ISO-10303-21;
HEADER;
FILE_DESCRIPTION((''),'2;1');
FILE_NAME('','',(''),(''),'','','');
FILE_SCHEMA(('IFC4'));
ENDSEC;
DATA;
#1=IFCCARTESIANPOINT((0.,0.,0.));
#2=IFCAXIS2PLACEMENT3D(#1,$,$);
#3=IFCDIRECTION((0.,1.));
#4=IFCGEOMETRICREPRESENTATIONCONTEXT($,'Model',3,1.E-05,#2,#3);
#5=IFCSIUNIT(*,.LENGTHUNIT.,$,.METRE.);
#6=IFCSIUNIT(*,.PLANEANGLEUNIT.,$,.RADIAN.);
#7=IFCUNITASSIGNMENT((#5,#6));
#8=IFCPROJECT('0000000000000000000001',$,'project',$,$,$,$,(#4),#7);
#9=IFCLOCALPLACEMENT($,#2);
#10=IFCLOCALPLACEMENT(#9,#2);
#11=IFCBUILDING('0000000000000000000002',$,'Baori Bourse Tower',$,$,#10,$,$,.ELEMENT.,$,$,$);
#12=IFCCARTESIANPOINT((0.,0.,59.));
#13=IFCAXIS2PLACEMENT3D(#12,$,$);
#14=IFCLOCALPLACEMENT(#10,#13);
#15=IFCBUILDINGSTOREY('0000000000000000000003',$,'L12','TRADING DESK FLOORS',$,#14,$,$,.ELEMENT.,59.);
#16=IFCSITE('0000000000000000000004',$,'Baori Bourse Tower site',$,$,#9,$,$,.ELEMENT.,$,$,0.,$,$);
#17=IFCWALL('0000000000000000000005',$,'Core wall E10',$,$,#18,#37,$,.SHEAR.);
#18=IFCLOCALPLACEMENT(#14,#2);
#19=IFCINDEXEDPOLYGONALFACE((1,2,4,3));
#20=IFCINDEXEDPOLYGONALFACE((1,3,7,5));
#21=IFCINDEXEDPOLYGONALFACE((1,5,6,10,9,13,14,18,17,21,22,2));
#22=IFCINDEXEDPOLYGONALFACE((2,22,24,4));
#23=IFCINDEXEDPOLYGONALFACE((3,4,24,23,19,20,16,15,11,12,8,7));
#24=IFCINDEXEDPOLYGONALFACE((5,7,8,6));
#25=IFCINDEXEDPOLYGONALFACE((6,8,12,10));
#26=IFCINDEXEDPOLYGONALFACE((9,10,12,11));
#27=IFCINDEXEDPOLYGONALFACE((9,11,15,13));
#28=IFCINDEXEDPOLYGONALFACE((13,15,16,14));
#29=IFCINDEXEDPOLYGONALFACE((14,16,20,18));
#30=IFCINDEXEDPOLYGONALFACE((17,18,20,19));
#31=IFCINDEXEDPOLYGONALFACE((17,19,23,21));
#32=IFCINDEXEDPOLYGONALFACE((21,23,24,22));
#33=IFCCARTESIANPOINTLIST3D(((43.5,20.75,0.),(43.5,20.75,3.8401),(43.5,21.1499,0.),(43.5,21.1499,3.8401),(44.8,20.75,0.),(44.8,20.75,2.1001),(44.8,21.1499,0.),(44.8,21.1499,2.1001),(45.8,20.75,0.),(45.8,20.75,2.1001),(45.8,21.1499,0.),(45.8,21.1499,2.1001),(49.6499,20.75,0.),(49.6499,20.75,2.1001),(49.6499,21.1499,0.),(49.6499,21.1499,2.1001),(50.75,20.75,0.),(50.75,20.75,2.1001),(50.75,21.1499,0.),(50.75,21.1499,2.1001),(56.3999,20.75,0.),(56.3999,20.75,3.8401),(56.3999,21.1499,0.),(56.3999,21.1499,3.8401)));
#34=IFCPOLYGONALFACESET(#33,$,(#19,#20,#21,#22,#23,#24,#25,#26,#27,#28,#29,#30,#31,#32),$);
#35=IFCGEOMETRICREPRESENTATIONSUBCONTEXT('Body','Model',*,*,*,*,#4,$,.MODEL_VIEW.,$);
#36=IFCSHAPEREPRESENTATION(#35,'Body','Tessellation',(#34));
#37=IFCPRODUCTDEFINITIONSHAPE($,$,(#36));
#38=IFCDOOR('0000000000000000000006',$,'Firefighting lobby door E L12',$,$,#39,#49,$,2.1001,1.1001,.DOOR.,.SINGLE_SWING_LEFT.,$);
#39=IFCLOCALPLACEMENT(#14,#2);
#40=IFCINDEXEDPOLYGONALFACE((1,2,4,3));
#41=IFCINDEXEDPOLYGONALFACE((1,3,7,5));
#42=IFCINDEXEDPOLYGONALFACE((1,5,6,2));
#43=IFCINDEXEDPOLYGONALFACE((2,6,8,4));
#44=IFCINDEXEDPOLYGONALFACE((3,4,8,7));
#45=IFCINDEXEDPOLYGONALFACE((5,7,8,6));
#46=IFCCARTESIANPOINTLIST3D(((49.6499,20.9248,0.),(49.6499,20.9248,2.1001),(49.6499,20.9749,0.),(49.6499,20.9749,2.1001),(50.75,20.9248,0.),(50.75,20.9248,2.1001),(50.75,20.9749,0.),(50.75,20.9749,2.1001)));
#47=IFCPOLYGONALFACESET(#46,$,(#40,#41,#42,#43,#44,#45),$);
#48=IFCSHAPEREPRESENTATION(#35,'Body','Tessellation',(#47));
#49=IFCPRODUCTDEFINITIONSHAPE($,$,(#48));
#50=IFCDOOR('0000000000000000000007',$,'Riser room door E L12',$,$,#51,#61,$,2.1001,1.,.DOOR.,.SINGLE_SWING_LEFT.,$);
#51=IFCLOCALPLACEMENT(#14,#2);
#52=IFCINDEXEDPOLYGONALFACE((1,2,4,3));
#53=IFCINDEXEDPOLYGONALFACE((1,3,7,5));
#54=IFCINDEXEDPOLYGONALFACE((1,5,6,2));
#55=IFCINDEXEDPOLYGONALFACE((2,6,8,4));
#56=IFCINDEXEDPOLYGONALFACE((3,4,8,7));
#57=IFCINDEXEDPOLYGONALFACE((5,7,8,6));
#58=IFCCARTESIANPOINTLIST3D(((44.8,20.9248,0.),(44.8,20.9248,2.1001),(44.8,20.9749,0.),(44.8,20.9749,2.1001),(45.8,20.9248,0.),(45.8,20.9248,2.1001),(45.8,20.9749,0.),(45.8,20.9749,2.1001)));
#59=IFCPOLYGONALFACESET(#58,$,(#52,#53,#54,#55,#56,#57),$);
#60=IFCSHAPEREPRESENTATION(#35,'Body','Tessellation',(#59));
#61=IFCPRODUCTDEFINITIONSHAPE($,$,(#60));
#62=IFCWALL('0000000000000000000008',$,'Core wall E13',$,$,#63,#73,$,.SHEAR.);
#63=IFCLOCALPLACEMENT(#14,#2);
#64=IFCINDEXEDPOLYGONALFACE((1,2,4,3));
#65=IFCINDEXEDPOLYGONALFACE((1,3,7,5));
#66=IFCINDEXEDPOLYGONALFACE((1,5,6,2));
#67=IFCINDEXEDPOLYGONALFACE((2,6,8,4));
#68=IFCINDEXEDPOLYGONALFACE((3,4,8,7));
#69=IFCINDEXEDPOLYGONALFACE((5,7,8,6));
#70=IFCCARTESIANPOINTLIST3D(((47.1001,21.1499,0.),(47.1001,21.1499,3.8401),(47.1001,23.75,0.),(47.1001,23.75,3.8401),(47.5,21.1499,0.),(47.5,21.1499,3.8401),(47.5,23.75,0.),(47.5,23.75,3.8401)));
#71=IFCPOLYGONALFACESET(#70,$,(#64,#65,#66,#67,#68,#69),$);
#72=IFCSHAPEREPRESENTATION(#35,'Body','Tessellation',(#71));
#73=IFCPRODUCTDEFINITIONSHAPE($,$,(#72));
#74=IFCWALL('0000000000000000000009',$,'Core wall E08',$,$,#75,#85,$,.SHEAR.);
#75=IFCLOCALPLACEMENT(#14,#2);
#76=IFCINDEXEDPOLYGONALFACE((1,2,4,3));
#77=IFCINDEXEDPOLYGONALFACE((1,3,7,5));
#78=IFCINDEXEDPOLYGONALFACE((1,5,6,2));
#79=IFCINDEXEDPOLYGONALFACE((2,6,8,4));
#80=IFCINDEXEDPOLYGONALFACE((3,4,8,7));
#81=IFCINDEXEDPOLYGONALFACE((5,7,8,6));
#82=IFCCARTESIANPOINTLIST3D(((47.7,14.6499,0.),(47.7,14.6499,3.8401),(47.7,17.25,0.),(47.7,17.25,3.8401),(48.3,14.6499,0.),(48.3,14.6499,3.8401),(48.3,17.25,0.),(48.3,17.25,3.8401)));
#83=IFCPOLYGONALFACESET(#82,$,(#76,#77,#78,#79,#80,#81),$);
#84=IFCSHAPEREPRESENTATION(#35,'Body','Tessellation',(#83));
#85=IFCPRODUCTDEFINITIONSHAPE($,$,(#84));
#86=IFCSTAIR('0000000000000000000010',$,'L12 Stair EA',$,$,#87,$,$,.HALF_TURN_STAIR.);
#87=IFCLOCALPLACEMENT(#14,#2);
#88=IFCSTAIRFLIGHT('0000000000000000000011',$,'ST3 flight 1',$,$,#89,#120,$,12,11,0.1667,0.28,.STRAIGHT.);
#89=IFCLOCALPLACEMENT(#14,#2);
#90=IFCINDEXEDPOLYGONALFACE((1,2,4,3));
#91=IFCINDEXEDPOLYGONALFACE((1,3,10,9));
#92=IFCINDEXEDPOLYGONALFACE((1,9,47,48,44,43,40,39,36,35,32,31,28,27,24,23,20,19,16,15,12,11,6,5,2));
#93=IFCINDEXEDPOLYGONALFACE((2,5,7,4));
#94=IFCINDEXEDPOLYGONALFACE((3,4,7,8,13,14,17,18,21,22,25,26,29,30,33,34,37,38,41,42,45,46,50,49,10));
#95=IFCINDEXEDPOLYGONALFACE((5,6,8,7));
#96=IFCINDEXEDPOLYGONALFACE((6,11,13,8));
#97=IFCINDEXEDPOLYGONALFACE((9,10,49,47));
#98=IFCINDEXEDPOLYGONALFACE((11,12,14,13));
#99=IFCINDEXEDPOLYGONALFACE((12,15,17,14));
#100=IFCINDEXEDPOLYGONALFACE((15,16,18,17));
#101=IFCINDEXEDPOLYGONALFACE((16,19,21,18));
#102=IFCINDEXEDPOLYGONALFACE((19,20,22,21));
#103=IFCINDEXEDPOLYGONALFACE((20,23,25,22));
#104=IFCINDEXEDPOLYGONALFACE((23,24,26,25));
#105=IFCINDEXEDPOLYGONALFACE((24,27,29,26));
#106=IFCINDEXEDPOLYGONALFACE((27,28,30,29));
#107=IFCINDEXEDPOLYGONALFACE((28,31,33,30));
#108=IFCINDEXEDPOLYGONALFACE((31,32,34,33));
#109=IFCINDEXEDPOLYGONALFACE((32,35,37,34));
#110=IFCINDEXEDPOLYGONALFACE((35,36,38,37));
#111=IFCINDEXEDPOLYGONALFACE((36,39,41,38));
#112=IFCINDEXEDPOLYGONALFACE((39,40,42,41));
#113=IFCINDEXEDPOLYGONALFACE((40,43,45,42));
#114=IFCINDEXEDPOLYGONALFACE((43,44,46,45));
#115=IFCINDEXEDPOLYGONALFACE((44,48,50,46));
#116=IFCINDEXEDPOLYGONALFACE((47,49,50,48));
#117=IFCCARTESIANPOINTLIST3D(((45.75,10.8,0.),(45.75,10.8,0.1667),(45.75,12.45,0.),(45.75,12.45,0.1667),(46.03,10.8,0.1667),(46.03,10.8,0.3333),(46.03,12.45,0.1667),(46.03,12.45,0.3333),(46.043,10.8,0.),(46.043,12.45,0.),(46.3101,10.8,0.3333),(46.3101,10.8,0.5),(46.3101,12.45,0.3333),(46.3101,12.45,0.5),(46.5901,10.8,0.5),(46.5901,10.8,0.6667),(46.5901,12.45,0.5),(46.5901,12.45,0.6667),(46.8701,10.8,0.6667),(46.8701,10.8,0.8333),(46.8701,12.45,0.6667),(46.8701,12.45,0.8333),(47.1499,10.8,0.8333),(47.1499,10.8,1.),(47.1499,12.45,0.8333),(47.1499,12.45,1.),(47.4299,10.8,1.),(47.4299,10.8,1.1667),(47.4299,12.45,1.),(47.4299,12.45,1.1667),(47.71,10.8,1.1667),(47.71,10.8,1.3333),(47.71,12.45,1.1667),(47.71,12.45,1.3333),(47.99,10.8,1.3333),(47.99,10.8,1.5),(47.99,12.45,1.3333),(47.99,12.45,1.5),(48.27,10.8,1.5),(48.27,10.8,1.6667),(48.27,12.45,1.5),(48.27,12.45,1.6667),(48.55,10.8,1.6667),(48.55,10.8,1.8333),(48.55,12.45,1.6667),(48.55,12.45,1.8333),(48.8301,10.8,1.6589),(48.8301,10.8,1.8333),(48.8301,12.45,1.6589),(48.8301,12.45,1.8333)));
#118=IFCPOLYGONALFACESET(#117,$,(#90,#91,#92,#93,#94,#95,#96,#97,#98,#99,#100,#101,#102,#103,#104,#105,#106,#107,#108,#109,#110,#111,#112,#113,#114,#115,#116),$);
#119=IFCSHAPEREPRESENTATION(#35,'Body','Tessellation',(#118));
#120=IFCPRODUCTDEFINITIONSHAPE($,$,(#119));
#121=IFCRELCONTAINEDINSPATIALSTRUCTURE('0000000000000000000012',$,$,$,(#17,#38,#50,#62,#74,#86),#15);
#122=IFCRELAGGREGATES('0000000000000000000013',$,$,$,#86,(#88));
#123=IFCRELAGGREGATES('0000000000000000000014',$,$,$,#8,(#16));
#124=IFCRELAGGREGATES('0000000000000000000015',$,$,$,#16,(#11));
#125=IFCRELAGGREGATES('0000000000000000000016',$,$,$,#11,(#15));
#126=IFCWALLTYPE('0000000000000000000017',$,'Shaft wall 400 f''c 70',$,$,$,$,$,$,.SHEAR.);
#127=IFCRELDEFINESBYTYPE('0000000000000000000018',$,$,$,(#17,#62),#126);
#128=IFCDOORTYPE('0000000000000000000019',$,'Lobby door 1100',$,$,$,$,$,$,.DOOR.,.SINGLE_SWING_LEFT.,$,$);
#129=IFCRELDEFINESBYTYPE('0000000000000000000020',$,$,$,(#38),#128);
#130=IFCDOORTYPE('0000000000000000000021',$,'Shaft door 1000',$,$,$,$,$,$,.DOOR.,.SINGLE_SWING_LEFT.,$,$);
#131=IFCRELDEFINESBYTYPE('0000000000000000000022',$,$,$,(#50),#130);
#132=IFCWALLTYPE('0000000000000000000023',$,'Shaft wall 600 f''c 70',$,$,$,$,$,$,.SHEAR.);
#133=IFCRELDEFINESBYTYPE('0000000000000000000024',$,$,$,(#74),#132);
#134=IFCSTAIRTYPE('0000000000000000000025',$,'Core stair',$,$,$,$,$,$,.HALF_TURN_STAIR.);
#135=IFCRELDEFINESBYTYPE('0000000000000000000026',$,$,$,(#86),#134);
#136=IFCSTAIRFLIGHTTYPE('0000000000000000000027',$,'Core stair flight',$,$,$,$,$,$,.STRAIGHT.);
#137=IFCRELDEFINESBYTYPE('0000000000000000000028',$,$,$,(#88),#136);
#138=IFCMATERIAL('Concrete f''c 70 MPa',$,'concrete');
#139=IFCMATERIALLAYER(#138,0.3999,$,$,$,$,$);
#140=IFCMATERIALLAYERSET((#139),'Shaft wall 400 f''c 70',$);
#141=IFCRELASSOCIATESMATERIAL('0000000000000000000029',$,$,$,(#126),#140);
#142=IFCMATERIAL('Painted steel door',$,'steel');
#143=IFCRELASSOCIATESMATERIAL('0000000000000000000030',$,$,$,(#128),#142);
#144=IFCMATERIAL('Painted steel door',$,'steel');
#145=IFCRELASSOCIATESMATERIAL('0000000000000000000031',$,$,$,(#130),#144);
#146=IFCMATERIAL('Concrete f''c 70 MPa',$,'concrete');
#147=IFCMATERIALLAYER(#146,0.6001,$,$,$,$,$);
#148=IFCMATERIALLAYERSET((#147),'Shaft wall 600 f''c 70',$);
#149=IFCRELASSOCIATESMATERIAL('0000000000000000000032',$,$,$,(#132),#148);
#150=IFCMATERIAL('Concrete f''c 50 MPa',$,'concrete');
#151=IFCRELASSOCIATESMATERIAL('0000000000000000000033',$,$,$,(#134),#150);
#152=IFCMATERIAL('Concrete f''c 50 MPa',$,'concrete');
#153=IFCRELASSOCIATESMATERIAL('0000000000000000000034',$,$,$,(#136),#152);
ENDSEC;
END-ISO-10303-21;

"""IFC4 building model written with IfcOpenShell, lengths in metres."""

from ifc_helpers import new_model, si_unit, direction, frame, frame_2d, origin, place, context, subcontext, project, spatial, polyline, rectangle, outline, extrude, material, layer, layer_set, type_object, element, fill, aggregate, save


model = new_model("IFC4")

# Units and contexts
model_context = context("Model", 3, precision=1e-05, world=origin(), true_north=direction((0.0, 1.0)))
body_context = subcontext(model_context, "Body", "Model", "MODEL_VIEW")
ifc_project = project(units=[si_unit("LENGTHUNIT", "METRE"), si_unit("PLANEANGLEUNIT", "RADIAN")], contexts=[model_context])

# Site, building, storey
site_placement = place(None, origin())
site = spatial("IfcSite", under=ifc_project, at=site_placement, Name="Baori Bourse Tower site", CompositionType="ELEMENT", RefElevation=0.0)
building_placement = place(site_placement, origin())
building = spatial("IfcBuilding", under=site, at=building_placement, Name="Baori Bourse Tower", CompositionType="ELEMENT")
storey_placement = place(building_placement, frame((0.0, 0.0, 59.0)))
storey = spatial("IfcBuildingStorey", under=building, at=storey_placement, Name="L12", Description="TRADING DESK FLOORS", CompositionType="ELEMENT", Elevation=59.0)

# Wall, openings, doors
ifc_material_1 = material(Name="Concrete f'c 70 MPa", Category="concrete")
ifc_layer_1 = layer(ifc_material_1, 0.3999)
ifc_layer_set_1 = layer_set([ifc_layer_1], Name="Shaft wall 400 f'c 70")
wall_type_1 = type_object("IfcWallType", Name="Shaft wall 400 f'c 70", PredefinedType="SHEAR", material=ifc_layer_set_1)
wall_1_placement = place(storey_placement, frame((43.5, 20.95, 0.0), z_axis=(0.0, 0.0, 1.0), x_axis=(1.0, 0.0, 0.0)))
wall_1 = element("IfcWall", 1, at=wall_1_placement, inside=storey, type_object=wall_type_1, Name="Core wall E10", PredefinedType="SHEAR", context=body_context, shape_type="SweptSolid", body=[
    extrude(rectangle(XDim=12.8999, YDim=0.3999, at=frame_2d((6.45, 0.0))), origin(), (0.0, 0.0, 1.0), 3.8401),
])
opening_1_placement = place(wall_1_placement, frame((6.1499, 0.0, 0.0)))
opening_1 = element("IfcOpeningElement", 2, at=opening_1_placement, cuts=wall_1, PredefinedType="OPENING", context=body_context, shape_type="SweptSolid", body=[
    extrude(rectangle(XDim=1.1001, YDim=2.1001, at=frame_2d((0.55, 1.05))), frame((0.0, 0.21, 0.0), z_axis=(0.0, -1.0, 0.0), x_axis=(1.0, 0.0, 0.0)), (0.0, 0.0, 1.0), 0.4199),
])
opening_2_placement = place(wall_1_placement, frame((1.3, 0.0, 0.0)))
opening_2 = element("IfcOpeningElement", 3, at=opening_2_placement, cuts=wall_1, PredefinedType="OPENING", context=body_context, shape_type="SweptSolid", body=[
    extrude(rectangle(XDim=1.0, YDim=2.1001, at=frame_2d((0.5, 1.05))), frame((0.0, 0.21, 0.0), z_axis=(0.0, -1.0, 0.0), x_axis=(1.0, 0.0, 0.0)), (0.0, 0.0, 1.0), 0.4199),
])
ifc_material_2 = material(Name="Painted steel door", Category="steel")
door_type_1 = type_object("IfcDoorType", Name="Lobby door 1100", OperationType="SINGLE_SWING_LEFT", PredefinedType="DOOR", material=ifc_material_2)
door_1_placement = place(opening_1_placement, origin())
door_1 = element("IfcDoor", 4, at=door_1_placement, inside=storey, type_object=door_type_1, Name="Firefighting lobby door E L12", OperationType="SINGLE_SWING_LEFT", OverallHeight=2.1001, OverallWidth=1.1001, PredefinedType="DOOR", context=body_context, shape_type="SweptSolid", body=[
    extrude(rectangle(XDim=1.1001, YDim=2.1001, at=frame_2d((0.55, 1.05))), frame((0.0, 0.0249, 0.0), z_axis=(0.0, -1.0, 0.0), x_axis=(1.0, 0.0, 0.0)), (0.0, 0.0, 1.0), 0.05),
])
fill(opening_1, door_1)
ifc_material_3 = material(Name="Painted steel door", Category="steel")
door_type_2 = type_object("IfcDoorType", Name="Shaft door 1000", OperationType="SINGLE_SWING_LEFT", PredefinedType="DOOR", material=ifc_material_3)
door_2_placement = place(opening_2_placement, origin())
door_2 = element("IfcDoor", 5, at=door_2_placement, inside=storey, type_object=door_type_2, Name="Riser room door E L12", OperationType="SINGLE_SWING_LEFT", OverallHeight=2.1001, OverallWidth=1.0, PredefinedType="DOOR", context=body_context, shape_type="SweptSolid", body=[
    extrude(rectangle(XDim=1.0, YDim=2.1001, at=frame_2d((0.5, 1.05))), frame((0.0, 0.0249, 0.0), z_axis=(0.0, -1.0, 0.0), x_axis=(1.0, 0.0, 0.0)), (0.0, 0.0, 1.0), 0.05),
])
fill(opening_2, door_2)

# Walls
wall_2_placement = place(storey_placement, frame((47.3, 21.1499, 0.0), z_axis=(0.0, 0.0, 1.0), x_axis=(0.0, 1.0, 0.0)))
element("IfcWall", 6, at=wall_2_placement, inside=storey, type_object=wall_type_1, Name="Core wall E13", PredefinedType="SHEAR", context=body_context, shape_type="SweptSolid", body=[
    extrude(rectangle(XDim=2.6001, YDim=0.3999, at=frame_2d((1.3, 0.0))), origin(), (0.0, 0.0, 1.0), 3.8401),
])
ifc_material_4 = material(Name="Concrete f'c 70 MPa", Category="concrete")
ifc_layer_2 = layer(ifc_material_4, 0.6001)
ifc_layer_set_2 = layer_set([ifc_layer_2], Name="Shaft wall 600 f'c 70")
wall_type_2 = type_object("IfcWallType", Name="Shaft wall 600 f'c 70", PredefinedType="SHEAR", material=ifc_layer_set_2)
wall_3_placement = place(storey_placement, frame((48.0, 14.6499, 0.0), z_axis=(0.0, 0.0, 1.0), x_axis=(0.0, 1.0, 0.0)))
element("IfcWall", 7, at=wall_3_placement, inside=storey, type_object=wall_type_2, Name="Core wall E08", PredefinedType="SHEAR", context=body_context, shape_type="SweptSolid", body=[
    extrude(rectangle(XDim=2.6001, YDim=0.6001, at=frame_2d((1.3, 0.0))), origin(), (0.0, 0.0, 1.0), 3.8401),
])

# Stair, stair flight
ifc_material_5 = material(Name="Concrete f'c 50 MPa", Category="concrete")
stair_type = type_object("IfcStairType", Name="Core stair", PredefinedType="HALF_TURN_STAIR", material=ifc_material_5)
stair_placement = place(storey_placement, origin())
stair = element("IfcStair", 8, at=stair_placement, inside=storey, type_object=stair_type, Name="L12 Stair EA", PredefinedType="HALF_TURN_STAIR")
ifc_material_6 = material(Name="Concrete f'c 50 MPa", Category="concrete")
stair_flight_type = type_object("IfcStairFlightType", Name="Core stair flight", PredefinedType="STRAIGHT", material=ifc_material_6)
stair_flight_placement = place(storey_placement, frame((45.75, 11.625, 0.0), z_axis=(0.0, 0.0, 1.0), x_axis=(1.0, 0.0, 0.0)))
stair_flight = element("IfcStairFlight", 9, at=stair_flight_placement, type_object=stair_flight_type, Name="ST3 flight 1", NumberOfRisers=12, NumberOfTreads=11, PredefinedType="STRAIGHT", RiserHeight=0.1667, TreadLength=0.28, context=body_context, shape_type="SweptSolid", body=[
    extrude(outline(polyline([(0.0, 0.0), (0.0, 0.1667), (0.28, 0.1667), (0.28, 0.3333), (0.5601, 0.3333), (0.5601, 0.5), (0.8401, 0.5), (0.8401, 0.6667), (1.1201, 0.6667), (1.1201, 0.8333), (1.3999, 0.8333), (1.3999, 1.0), (1.6799, 1.0), (1.6799, 1.1667), (1.96, 1.1667), (1.96, 1.3333), (2.24, 1.3333), (2.24, 1.5), (2.52, 1.5), (2.52, 1.6667), (2.8, 1.6667), (2.8, 1.8333), (3.0801, 1.8333), (3.0801, 2.0), (3.0801, 1.6589), (0.293, 0.0), (0.0, 0.0)])), frame((0.0, 0.825, 0.0), z_axis=(0.0, -1.0, 0.0), x_axis=(1.0, 0.0, 0.0)), (0.0, 0.0, 1.0), 1.6499),
])
aggregate(stair, [stair_flight])

save(model, "model.ifc")
